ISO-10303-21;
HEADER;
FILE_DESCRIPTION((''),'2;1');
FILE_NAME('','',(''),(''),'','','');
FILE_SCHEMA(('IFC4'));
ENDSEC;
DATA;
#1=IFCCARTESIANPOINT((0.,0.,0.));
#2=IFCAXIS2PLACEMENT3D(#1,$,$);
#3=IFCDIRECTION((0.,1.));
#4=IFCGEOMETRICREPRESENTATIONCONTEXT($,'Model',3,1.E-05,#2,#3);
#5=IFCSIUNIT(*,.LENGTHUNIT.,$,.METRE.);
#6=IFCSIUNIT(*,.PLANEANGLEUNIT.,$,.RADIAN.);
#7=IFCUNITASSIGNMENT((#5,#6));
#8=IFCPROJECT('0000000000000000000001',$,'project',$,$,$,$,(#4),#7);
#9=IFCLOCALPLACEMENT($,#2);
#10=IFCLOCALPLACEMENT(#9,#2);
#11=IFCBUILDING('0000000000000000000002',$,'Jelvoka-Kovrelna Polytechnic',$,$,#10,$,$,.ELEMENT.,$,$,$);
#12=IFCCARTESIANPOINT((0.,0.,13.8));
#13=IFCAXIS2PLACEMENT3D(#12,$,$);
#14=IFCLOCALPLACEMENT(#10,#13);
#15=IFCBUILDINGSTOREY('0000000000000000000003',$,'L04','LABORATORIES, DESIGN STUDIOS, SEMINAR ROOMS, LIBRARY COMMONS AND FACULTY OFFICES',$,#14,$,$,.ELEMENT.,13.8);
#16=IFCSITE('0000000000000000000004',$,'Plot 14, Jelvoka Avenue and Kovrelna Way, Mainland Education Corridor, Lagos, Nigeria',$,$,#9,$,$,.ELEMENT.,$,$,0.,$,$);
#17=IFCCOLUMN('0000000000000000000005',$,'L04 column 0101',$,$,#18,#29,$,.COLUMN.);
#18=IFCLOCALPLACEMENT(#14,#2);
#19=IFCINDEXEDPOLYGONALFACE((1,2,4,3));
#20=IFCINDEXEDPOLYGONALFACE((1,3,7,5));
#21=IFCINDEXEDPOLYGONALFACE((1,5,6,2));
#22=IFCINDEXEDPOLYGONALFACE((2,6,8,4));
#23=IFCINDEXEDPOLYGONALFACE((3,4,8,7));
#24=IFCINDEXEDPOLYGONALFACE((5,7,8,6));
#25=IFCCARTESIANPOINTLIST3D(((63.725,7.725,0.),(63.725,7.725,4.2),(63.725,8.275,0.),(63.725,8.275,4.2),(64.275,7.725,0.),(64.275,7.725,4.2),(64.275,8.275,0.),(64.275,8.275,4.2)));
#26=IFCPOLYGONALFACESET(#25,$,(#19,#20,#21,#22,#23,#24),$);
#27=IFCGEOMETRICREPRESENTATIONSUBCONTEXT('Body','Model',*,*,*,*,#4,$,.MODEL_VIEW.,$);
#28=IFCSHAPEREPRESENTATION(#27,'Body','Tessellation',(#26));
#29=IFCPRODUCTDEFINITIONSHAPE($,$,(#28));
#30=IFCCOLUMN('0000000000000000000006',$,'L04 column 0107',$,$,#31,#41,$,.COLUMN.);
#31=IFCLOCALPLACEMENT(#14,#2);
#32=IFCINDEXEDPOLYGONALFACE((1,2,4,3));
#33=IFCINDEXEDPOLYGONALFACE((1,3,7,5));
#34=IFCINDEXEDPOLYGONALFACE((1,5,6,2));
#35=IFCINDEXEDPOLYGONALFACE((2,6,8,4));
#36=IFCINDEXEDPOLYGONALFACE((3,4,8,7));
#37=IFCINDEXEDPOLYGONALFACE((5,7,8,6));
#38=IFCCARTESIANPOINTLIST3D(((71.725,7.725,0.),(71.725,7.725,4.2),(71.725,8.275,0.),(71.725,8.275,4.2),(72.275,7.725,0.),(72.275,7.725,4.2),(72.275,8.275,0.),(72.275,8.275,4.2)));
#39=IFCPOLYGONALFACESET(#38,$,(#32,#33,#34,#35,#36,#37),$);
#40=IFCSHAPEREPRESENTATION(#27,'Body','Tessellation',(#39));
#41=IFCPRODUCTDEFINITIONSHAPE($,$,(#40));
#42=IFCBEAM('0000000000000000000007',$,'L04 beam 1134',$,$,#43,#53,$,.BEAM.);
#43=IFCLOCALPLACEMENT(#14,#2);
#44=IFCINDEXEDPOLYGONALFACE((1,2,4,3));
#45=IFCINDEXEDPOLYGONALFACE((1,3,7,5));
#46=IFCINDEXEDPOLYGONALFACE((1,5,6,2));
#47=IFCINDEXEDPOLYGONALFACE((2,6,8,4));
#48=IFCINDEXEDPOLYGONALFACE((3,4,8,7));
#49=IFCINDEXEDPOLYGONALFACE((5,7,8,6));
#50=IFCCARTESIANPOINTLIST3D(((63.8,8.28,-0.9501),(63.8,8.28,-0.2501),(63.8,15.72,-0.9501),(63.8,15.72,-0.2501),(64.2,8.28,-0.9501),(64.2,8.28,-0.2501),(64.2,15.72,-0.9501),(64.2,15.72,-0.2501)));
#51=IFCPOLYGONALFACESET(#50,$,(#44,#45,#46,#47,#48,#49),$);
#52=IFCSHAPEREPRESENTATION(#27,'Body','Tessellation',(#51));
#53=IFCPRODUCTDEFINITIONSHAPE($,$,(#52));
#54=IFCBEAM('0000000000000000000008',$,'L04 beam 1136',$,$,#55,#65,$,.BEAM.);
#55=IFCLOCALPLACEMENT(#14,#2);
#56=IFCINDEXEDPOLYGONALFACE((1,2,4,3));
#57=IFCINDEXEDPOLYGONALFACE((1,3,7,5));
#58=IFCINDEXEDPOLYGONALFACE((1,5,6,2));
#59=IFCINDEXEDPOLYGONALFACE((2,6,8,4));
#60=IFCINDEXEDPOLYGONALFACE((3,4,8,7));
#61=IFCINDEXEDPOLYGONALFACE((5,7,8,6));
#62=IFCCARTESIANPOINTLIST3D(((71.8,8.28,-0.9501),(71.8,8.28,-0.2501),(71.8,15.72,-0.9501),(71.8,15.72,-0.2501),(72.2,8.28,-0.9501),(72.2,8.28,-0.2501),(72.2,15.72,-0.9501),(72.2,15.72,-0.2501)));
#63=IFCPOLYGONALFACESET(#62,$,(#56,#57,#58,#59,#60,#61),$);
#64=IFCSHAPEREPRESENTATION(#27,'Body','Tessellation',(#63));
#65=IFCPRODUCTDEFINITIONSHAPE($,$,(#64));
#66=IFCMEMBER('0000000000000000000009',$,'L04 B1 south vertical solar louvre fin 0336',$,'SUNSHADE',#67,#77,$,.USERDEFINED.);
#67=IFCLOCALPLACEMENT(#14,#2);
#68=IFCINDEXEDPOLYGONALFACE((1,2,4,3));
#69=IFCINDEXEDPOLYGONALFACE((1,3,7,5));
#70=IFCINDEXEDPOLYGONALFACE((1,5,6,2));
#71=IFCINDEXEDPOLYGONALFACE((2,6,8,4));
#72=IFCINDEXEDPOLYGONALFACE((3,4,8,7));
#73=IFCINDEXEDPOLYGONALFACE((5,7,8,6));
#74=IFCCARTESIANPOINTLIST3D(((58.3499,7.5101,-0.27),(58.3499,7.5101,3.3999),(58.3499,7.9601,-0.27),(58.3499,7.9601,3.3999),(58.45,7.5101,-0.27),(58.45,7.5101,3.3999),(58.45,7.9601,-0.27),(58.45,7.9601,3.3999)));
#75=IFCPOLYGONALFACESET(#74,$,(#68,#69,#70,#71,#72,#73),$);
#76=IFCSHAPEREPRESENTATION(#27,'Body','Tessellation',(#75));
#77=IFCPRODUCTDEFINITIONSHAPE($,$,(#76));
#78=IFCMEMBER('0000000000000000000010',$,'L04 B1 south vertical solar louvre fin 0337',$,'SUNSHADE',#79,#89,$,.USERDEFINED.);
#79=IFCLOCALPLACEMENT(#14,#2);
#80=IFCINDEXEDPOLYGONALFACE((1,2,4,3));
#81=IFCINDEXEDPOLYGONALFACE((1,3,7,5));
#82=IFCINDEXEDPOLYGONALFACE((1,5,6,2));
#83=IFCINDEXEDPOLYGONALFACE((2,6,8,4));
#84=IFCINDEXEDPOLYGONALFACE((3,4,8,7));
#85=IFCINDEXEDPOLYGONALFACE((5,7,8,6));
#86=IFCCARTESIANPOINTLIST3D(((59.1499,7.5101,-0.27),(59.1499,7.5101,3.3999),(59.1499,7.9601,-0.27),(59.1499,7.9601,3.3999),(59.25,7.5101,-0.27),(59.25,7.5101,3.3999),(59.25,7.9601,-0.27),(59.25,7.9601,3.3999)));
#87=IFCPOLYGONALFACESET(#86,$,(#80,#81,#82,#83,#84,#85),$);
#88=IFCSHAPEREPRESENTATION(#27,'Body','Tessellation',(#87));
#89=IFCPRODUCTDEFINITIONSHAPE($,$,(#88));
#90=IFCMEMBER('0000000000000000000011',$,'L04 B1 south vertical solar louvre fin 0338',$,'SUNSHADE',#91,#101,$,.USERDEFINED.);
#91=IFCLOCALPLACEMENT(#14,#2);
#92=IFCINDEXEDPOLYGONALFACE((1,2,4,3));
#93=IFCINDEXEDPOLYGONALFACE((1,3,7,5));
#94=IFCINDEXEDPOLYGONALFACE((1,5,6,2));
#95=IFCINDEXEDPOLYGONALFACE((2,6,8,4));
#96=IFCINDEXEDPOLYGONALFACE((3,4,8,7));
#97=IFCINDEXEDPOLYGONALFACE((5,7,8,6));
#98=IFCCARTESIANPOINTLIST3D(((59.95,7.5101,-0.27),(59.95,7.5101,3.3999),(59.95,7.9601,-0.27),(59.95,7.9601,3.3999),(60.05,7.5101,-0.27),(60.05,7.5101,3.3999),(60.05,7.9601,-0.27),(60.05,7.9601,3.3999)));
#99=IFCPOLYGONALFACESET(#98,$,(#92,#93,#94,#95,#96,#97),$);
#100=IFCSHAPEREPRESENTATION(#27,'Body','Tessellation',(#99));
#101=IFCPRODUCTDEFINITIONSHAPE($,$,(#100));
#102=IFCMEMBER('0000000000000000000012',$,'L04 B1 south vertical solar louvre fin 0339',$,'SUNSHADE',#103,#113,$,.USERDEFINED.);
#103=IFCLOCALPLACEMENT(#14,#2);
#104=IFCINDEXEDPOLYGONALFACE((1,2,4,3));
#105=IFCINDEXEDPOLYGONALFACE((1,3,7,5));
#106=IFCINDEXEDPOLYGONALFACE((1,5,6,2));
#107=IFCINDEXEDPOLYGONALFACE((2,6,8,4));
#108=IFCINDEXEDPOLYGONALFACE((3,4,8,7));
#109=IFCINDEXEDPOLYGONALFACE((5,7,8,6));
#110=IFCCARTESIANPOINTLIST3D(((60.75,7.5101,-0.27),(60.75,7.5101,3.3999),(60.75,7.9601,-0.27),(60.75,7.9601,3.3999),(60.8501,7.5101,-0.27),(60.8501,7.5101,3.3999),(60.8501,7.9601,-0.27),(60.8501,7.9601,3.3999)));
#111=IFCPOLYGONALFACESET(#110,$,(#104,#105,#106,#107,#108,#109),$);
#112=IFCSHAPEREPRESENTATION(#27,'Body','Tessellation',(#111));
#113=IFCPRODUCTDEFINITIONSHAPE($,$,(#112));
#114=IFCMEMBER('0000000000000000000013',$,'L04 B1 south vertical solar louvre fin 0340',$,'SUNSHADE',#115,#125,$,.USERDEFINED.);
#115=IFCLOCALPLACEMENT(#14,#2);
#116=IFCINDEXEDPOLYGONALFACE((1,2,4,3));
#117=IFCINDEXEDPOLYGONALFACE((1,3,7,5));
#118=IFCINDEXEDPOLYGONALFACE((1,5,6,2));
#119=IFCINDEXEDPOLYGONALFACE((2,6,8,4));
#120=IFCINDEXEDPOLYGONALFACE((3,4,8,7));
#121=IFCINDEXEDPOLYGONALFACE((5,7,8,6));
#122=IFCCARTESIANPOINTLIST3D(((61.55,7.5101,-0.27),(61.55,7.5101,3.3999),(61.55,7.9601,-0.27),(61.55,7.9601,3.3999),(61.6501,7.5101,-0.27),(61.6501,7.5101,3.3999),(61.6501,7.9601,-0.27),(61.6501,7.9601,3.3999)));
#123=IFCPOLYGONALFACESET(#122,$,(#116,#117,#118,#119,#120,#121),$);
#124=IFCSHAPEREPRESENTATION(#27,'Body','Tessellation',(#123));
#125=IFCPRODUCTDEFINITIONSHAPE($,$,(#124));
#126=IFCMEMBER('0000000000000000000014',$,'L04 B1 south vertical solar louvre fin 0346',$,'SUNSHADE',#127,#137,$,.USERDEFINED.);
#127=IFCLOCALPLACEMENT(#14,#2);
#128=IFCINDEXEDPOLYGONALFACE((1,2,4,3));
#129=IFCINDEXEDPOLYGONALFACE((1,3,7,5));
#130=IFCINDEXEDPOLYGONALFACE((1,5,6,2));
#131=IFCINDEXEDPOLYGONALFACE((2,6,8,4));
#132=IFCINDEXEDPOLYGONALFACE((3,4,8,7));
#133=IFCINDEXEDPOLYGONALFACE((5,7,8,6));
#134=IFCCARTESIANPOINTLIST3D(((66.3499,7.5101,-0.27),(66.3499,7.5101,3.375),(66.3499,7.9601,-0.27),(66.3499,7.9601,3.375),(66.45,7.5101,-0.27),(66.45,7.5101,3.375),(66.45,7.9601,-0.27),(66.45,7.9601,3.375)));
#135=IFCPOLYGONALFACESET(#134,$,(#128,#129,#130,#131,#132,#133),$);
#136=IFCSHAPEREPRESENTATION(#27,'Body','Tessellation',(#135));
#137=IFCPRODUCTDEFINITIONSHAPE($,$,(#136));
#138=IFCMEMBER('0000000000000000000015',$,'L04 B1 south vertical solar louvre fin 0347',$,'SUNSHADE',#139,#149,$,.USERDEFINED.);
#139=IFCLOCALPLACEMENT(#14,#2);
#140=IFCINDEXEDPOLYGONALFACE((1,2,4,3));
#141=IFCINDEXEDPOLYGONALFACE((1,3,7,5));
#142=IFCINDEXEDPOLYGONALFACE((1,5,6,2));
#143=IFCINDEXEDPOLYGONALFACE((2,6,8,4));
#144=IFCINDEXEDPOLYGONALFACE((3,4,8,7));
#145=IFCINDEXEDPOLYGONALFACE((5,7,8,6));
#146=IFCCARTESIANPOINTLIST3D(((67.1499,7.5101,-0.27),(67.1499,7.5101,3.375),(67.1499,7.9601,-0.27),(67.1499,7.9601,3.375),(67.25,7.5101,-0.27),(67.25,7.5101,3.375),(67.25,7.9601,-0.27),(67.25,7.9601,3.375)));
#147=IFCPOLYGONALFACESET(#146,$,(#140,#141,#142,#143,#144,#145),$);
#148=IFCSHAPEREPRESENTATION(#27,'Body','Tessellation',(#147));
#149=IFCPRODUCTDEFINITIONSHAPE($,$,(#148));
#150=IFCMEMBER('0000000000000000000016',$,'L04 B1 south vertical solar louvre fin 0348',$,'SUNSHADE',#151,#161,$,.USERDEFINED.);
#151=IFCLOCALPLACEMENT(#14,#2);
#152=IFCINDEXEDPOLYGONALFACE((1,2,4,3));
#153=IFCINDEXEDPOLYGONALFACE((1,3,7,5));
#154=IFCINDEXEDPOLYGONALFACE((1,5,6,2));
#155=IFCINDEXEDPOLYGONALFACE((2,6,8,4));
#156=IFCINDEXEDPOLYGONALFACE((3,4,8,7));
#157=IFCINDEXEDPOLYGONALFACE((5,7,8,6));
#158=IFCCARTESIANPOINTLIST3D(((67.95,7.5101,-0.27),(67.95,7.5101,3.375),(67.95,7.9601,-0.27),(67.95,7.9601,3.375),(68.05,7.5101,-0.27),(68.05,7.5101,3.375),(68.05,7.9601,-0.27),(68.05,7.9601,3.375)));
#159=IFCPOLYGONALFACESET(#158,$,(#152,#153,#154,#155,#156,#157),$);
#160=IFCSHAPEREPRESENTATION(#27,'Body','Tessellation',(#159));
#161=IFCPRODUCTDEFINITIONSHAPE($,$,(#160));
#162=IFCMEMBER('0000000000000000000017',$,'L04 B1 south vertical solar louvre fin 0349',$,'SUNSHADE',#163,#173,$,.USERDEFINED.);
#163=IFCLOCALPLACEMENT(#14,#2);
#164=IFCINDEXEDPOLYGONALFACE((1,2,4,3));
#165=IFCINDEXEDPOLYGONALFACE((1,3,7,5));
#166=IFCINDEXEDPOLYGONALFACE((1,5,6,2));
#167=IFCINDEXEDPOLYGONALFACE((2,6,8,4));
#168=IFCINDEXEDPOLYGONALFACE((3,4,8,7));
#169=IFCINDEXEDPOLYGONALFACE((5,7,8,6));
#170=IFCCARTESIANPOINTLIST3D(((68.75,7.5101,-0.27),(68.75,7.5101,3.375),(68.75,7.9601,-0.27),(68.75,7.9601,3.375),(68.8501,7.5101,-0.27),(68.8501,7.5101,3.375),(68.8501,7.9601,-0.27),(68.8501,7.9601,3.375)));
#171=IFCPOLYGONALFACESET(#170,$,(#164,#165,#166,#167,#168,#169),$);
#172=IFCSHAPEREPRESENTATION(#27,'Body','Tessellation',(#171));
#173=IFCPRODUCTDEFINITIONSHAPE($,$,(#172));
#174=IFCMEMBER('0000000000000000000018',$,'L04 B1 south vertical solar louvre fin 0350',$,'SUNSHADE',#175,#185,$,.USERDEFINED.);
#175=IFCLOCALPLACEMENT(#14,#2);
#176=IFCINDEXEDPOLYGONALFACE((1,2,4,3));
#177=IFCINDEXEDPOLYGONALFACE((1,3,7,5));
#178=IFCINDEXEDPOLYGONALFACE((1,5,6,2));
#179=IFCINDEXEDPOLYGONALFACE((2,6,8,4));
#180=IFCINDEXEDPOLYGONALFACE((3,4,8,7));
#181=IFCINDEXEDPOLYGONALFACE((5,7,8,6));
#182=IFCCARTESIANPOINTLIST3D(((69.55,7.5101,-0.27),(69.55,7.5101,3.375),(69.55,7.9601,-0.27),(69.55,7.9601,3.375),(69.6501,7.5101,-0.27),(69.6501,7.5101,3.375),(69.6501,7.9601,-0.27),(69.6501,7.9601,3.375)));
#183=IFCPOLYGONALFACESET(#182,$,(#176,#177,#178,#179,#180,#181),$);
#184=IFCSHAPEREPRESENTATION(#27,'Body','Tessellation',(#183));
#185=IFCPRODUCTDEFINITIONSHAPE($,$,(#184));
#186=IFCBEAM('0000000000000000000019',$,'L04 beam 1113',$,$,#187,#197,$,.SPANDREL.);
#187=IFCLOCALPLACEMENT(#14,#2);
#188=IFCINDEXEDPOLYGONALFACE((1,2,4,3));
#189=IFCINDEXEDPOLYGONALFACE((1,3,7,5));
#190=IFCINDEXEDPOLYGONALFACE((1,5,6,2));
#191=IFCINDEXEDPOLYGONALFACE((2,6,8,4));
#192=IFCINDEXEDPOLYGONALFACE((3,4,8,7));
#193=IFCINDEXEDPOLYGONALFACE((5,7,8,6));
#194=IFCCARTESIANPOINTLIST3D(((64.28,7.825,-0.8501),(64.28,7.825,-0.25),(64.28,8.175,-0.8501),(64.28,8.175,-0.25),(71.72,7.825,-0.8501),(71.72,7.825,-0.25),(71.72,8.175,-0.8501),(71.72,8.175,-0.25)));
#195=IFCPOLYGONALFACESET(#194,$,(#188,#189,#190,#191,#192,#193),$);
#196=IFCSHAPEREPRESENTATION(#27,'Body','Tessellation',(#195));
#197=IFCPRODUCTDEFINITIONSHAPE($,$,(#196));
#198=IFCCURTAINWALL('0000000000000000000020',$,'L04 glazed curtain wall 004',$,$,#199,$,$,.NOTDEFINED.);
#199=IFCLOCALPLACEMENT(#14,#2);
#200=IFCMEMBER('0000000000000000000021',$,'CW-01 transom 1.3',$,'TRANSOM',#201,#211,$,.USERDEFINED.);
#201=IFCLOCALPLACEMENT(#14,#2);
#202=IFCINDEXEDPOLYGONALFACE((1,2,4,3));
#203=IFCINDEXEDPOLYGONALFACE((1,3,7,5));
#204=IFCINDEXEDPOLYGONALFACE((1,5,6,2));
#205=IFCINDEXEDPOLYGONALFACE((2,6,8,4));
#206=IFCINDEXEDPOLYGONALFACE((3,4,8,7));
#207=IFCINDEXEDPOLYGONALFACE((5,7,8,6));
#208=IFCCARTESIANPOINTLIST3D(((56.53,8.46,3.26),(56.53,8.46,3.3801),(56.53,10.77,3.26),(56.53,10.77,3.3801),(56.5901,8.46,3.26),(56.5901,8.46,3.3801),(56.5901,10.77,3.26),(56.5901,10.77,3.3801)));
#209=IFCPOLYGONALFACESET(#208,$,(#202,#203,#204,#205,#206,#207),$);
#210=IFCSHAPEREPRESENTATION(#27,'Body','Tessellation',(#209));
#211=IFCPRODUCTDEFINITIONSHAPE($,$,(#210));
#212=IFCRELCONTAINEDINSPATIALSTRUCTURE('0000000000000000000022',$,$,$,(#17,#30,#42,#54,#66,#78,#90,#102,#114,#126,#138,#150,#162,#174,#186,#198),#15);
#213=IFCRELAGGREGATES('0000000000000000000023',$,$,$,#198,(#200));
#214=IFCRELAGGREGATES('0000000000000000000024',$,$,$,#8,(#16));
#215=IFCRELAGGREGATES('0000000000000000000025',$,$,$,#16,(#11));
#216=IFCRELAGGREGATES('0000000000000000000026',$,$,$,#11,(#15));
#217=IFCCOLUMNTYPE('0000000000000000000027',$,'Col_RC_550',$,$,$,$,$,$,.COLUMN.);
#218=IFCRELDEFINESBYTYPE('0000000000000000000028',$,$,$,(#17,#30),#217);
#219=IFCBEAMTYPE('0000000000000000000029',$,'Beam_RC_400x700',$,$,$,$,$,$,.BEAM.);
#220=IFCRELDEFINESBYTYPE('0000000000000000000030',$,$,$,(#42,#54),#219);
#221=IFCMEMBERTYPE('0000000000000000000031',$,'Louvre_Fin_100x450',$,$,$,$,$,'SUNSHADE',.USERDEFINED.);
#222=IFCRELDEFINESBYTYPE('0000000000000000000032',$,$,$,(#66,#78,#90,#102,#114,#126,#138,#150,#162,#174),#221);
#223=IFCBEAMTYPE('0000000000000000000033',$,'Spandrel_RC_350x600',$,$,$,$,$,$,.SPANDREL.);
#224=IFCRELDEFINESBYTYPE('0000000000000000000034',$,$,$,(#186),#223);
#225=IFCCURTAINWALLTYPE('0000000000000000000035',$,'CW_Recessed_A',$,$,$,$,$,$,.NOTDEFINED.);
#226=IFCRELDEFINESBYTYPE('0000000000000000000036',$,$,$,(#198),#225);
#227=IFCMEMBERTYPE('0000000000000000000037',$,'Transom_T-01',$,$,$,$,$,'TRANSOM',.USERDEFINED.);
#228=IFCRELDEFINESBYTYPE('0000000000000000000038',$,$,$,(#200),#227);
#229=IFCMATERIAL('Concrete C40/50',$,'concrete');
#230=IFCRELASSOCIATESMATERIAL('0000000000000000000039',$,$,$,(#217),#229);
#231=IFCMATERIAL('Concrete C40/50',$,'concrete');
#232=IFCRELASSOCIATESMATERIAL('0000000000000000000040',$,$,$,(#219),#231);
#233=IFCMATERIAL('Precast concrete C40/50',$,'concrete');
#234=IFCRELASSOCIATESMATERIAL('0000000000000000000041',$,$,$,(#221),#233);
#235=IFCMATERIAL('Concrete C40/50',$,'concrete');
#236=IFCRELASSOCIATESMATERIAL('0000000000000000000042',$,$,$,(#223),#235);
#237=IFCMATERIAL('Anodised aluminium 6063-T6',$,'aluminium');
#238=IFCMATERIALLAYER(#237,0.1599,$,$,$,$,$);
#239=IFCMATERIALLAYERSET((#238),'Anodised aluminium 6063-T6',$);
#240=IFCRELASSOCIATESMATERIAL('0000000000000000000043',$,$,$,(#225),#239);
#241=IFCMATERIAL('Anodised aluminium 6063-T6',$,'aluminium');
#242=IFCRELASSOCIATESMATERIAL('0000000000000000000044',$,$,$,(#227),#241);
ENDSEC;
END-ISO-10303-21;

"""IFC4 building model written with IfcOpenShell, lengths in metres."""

from ifc_helpers import new_model, si_unit, direction, frame, origin, origin_2d, place, context, subcontext, project, spatial, rectangle, extrude, material, layer, layer_set, material_profile, profile_set, type_object, element, aggregate, save


model = new_model("IFC4")

# Units and contexts
model_context = context("Model", 3, precision=1e-05, world=origin(), true_north=direction((0.0, 1.0)))
body_context = subcontext(model_context, "Body", "Model", "MODEL_VIEW")
ifc_project = project(units=[si_unit("LENGTHUNIT", "METRE"), si_unit("PLANEANGLEUNIT", "RADIAN")], contexts=[model_context])

# Site, building, storey
site_placement = place(None, origin())
site = spatial("IfcSite", under=ifc_project, at=site_placement, Name="Plot 14, Jelvoka Avenue and Kovrelna Way, Mainland Education Corridor, Lagos, Nigeria", CompositionType="ELEMENT", RefElevation=0.0)
building_placement = place(site_placement, origin())
building = spatial("IfcBuilding", under=site, at=building_placement, Name="Jelvoka-Kovrelna Polytechnic", CompositionType="ELEMENT")
storey_placement = place(building_placement, frame((0.0, 0.0, 13.8)))
storey = spatial("IfcBuildingStorey", under=building, at=storey_placement, Name="L04", Description="LABORATORIES, DESIGN STUDIOS, SEMINAR ROOMS, LIBRARY COMMONS AND FACULTY OFFICES", CompositionType="ELEMENT", Elevation=13.8)

# Columns
ifc_material_1 = material(Name="Concrete C40/50", Category="concrete")
ifc_material_profile_1 = material_profile(ifc_material_1, rectangle(XDim=0.55, YDim=0.55, at=origin_2d()), Name="RC 550x550")
ifc_profile_set_1 = profile_set([ifc_material_profile_1], Name="Concrete C40/50")
column_type = type_object("IfcColumnType", Name="Col_RC_550", PredefinedType="COLUMN", material=ifc_profile_set_1)
for number, where, z_axis, x_axis, name in (
    (1, (64.0, 8.0, 0.0), (0.0, 0.0, 1.0), (1.0, 0.0, 0.0), "L04 column 0101"),
    (2, (72.0, 8.0, 0.0), (0.0, 0.0, 1.0), (1.0, 0.0, 0.0), "L04 column 0107"),
):
    element("IfcColumn", number, at=place(storey_placement, frame(where, z_axis=z_axis, x_axis=x_axis)), inside=storey, type_object=column_type, Name=name, PredefinedType="COLUMN", context=body_context, shape_type="SweptSolid", body=[
        extrude(rectangle(XDim=0.55, YDim=0.55, at=origin_2d()), origin(), (0.0, 0.0, 1.0), 4.2),
    ])

# Beams
ifc_material_2 = material(Name="Concrete C40/50", Category="concrete")
ifc_material_profile_2 = material_profile(ifc_material_2, rectangle(XDim=0.3999, YDim=0.7, at=origin_2d()), Name="RC 400x700")
ifc_profile_set_2 = profile_set([ifc_material_profile_2], Name="Concrete C40/50")
beam_type_1 = type_object("IfcBeamType", Name="Beam_RC_400x700", PredefinedType="BEAM", material=ifc_profile_set_2)
for number, where, z_axis, x_axis, name in (
    (3, (64.0, 8.28, -0.6001), (0.0, 1.0, 0.0), (-1.0, 0.0, 0.0), "L04 beam 1134"),
    (4, (72.0, 8.28, -0.6001), (0.0, 1.0, 0.0), (-1.0, 0.0, 0.0), "L04 beam 1136"),
):
    element("IfcBeam", number, at=place(storey_placement, frame(where, z_axis=z_axis, x_axis=x_axis)), inside=storey, type_object=beam_type_1, Name=name, PredefinedType="BEAM", context=body_context, shape_type="SweptSolid", body=[
        extrude(rectangle(XDim=0.3999, YDim=0.7, at=origin_2d()), origin(), (0.0, 0.0, 1.0), 7.4399),
    ])

# Members
ifc_material_3 = material(Name="Precast concrete C40/50", Category="concrete")
ifc_material_profile_3 = material_profile(ifc_material_3, rectangle(XDim=0.1001, YDim=0.45, at=origin_2d()), Name="PC 100x450")
ifc_profile_set_3 = profile_set([ifc_material_profile_3], Name="Precast concrete C40/50")
member_type_1 = type_object("IfcMemberType", Name="Louvre_Fin_100x450", ElementType="SUNSHADE", PredefinedType="USERDEFINED", material=ifc_profile_set_3)
for number, where, z_axis, x_axis, name in (
    (5, (58.3999, 7.7351, -0.27), (0.0, 0.0, 1.0), (1.0, 0.0, 0.0), "L04 B1 south vertical solar louvre fin 0336"),
    (6, (59.2, 7.7351, -0.27), (0.0, 0.0, 1.0), (1.0, 0.0, 0.0), "L04 B1 south vertical solar louvre fin 0337"),
    (7, (60.0, 7.7351, -0.27), (0.0, 0.0, 1.0), (1.0, 0.0, 0.0), "L04 B1 south vertical solar louvre fin 0338"),
    (8, (60.8, 7.7351, -0.27), (0.0, 0.0, 1.0), (1.0, 0.0, 0.0), "L04 B1 south vertical solar louvre fin 0339"),
    (9, (61.6001, 7.7351, -0.27), (0.0, 0.0, 1.0), (1.0, 0.0, 0.0), "L04 B1 south vertical solar louvre fin 0340"),
):
    element("IfcMember", number, at=place(storey_placement, frame(where, z_axis=z_axis, x_axis=x_axis)), inside=storey, type_object=member_type_1, Name=name, ObjectType="SUNSHADE", PredefinedType="USERDEFINED", context=body_context, shape_type="SweptSolid", body=[
        extrude(rectangle(XDim=0.1001, YDim=0.45, at=origin_2d()), origin(), (0.0, 0.0, 1.0), 3.6699),
    ])
for number, where, z_axis, x_axis, name in (
    (10, (66.3999, 7.7351, -0.27), (0.0, 0.0, 1.0), (1.0, 0.0, 0.0), "L04 B1 south vertical solar louvre fin 0346"),
    (11, (67.2, 7.7351, -0.27), (0.0, 0.0, 1.0), (1.0, 0.0, 0.0), "L04 B1 south vertical solar louvre fin 0347"),
    (12, (68.0, 7.7351, -0.27), (0.0, 0.0, 1.0), (1.0, 0.0, 0.0), "L04 B1 south vertical solar louvre fin 0348"),
    (13, (68.8, 7.7351, -0.27), (0.0, 0.0, 1.0), (1.0, 0.0, 0.0), "L04 B1 south vertical solar louvre fin 0349"),
    (14, (69.6001, 7.7351, -0.27), (0.0, 0.0, 1.0), (1.0, 0.0, 0.0), "L04 B1 south vertical solar louvre fin 0350"),
):
    element("IfcMember", number, at=place(storey_placement, frame(where, z_axis=z_axis, x_axis=x_axis)), inside=storey, type_object=member_type_1, Name=name, ObjectType="SUNSHADE", PredefinedType="USERDEFINED", context=body_context, shape_type="SweptSolid", body=[
        extrude(rectangle(XDim=0.1001, YDim=0.45, at=origin_2d()), origin(), (0.0, 0.0, 1.0), 3.645),
    ])

# Beam
ifc_material_4 = material(Name="Concrete C40/50", Category="concrete")
ifc_material_profile_4 = material_profile(ifc_material_4, rectangle(XDim=0.3501, YDim=0.6001, at=origin_2d()), Name="RC 350x600")
ifc_profile_set_4 = profile_set([ifc_material_profile_4], Name="Concrete C40/50")
beam_type_2 = type_object("IfcBeamType", Name="Spandrel_RC_350x600", PredefinedType="SPANDREL", material=ifc_profile_set_4)
beam_placement = place(storey_placement, frame((64.28, 8.0, -0.55), z_axis=(1.0, 0.0, 0.0), x_axis=(0.0, 1.0, 0.0)))
element("IfcBeam", 15, at=beam_placement, inside=storey, type_object=beam_type_2, Name="L04 beam 1113", PredefinedType="SPANDREL", context=body_context, shape_type="SweptSolid", body=[
    extrude(rectangle(XDim=0.3501, YDim=0.6001, at=origin_2d()), origin(), (0.0, 0.0, 1.0), 7.4399),
])

# Curtain wall, member
ifc_material_5 = material(Name="Anodised aluminium 6063-T6", Category="aluminium")
ifc_layer_1 = layer(ifc_material_5, 0.1599)
ifc_layer_set_1 = layer_set([ifc_layer_1], Name="Anodised aluminium 6063-T6")
curtain_wall_type = type_object("IfcCurtainWallType", Name="CW_Recessed_A", PredefinedType="NOTDEFINED", material=ifc_layer_set_1)
curtain_wall_placement = place(storey_placement, origin())
curtain_wall = element("IfcCurtainWall", 16, at=curtain_wall_placement, inside=storey, type_object=curtain_wall_type, Name="L04 glazed curtain wall 004", PredefinedType="NOTDEFINED")
ifc_material_6 = material(Name="Anodised aluminium 6063-T6", Category="aluminium")
ifc_material_profile_5 = material_profile(ifc_material_6, rectangle(XDim=0.0601, YDim=0.1201, at=origin_2d()), Name="ALU 60x120")
ifc_profile_set_5 = profile_set([ifc_material_profile_5], Name="Anodised aluminium 6063-T6")
member_type_2 = type_object("IfcMemberType", Name="Transom_T-01", ElementType="TRANSOM", PredefinedType="USERDEFINED", material=ifc_profile_set_5)
member_1_placement = place(storey_placement, frame((56.5601, 8.46, 3.3201), z_axis=(0.0, 1.0, 0.0), x_axis=(-1.0, 0.0, 0.0)))
member_1 = element("IfcMember", 17, at=member_1_placement, type_object=member_type_2, Name="CW-01 transom 1.3", ObjectType="TRANSOM", PredefinedType="USERDEFINED", context=body_context, shape_type="SweptSolid", body=[
    extrude(rectangle(XDim=0.0601, YDim=0.1201, at=origin_2d()), origin(), (0.0, 0.0, 1.0), 2.3101),
])
aggregate(curtain_wall, [member_1])

save(model, "model.ifc")
